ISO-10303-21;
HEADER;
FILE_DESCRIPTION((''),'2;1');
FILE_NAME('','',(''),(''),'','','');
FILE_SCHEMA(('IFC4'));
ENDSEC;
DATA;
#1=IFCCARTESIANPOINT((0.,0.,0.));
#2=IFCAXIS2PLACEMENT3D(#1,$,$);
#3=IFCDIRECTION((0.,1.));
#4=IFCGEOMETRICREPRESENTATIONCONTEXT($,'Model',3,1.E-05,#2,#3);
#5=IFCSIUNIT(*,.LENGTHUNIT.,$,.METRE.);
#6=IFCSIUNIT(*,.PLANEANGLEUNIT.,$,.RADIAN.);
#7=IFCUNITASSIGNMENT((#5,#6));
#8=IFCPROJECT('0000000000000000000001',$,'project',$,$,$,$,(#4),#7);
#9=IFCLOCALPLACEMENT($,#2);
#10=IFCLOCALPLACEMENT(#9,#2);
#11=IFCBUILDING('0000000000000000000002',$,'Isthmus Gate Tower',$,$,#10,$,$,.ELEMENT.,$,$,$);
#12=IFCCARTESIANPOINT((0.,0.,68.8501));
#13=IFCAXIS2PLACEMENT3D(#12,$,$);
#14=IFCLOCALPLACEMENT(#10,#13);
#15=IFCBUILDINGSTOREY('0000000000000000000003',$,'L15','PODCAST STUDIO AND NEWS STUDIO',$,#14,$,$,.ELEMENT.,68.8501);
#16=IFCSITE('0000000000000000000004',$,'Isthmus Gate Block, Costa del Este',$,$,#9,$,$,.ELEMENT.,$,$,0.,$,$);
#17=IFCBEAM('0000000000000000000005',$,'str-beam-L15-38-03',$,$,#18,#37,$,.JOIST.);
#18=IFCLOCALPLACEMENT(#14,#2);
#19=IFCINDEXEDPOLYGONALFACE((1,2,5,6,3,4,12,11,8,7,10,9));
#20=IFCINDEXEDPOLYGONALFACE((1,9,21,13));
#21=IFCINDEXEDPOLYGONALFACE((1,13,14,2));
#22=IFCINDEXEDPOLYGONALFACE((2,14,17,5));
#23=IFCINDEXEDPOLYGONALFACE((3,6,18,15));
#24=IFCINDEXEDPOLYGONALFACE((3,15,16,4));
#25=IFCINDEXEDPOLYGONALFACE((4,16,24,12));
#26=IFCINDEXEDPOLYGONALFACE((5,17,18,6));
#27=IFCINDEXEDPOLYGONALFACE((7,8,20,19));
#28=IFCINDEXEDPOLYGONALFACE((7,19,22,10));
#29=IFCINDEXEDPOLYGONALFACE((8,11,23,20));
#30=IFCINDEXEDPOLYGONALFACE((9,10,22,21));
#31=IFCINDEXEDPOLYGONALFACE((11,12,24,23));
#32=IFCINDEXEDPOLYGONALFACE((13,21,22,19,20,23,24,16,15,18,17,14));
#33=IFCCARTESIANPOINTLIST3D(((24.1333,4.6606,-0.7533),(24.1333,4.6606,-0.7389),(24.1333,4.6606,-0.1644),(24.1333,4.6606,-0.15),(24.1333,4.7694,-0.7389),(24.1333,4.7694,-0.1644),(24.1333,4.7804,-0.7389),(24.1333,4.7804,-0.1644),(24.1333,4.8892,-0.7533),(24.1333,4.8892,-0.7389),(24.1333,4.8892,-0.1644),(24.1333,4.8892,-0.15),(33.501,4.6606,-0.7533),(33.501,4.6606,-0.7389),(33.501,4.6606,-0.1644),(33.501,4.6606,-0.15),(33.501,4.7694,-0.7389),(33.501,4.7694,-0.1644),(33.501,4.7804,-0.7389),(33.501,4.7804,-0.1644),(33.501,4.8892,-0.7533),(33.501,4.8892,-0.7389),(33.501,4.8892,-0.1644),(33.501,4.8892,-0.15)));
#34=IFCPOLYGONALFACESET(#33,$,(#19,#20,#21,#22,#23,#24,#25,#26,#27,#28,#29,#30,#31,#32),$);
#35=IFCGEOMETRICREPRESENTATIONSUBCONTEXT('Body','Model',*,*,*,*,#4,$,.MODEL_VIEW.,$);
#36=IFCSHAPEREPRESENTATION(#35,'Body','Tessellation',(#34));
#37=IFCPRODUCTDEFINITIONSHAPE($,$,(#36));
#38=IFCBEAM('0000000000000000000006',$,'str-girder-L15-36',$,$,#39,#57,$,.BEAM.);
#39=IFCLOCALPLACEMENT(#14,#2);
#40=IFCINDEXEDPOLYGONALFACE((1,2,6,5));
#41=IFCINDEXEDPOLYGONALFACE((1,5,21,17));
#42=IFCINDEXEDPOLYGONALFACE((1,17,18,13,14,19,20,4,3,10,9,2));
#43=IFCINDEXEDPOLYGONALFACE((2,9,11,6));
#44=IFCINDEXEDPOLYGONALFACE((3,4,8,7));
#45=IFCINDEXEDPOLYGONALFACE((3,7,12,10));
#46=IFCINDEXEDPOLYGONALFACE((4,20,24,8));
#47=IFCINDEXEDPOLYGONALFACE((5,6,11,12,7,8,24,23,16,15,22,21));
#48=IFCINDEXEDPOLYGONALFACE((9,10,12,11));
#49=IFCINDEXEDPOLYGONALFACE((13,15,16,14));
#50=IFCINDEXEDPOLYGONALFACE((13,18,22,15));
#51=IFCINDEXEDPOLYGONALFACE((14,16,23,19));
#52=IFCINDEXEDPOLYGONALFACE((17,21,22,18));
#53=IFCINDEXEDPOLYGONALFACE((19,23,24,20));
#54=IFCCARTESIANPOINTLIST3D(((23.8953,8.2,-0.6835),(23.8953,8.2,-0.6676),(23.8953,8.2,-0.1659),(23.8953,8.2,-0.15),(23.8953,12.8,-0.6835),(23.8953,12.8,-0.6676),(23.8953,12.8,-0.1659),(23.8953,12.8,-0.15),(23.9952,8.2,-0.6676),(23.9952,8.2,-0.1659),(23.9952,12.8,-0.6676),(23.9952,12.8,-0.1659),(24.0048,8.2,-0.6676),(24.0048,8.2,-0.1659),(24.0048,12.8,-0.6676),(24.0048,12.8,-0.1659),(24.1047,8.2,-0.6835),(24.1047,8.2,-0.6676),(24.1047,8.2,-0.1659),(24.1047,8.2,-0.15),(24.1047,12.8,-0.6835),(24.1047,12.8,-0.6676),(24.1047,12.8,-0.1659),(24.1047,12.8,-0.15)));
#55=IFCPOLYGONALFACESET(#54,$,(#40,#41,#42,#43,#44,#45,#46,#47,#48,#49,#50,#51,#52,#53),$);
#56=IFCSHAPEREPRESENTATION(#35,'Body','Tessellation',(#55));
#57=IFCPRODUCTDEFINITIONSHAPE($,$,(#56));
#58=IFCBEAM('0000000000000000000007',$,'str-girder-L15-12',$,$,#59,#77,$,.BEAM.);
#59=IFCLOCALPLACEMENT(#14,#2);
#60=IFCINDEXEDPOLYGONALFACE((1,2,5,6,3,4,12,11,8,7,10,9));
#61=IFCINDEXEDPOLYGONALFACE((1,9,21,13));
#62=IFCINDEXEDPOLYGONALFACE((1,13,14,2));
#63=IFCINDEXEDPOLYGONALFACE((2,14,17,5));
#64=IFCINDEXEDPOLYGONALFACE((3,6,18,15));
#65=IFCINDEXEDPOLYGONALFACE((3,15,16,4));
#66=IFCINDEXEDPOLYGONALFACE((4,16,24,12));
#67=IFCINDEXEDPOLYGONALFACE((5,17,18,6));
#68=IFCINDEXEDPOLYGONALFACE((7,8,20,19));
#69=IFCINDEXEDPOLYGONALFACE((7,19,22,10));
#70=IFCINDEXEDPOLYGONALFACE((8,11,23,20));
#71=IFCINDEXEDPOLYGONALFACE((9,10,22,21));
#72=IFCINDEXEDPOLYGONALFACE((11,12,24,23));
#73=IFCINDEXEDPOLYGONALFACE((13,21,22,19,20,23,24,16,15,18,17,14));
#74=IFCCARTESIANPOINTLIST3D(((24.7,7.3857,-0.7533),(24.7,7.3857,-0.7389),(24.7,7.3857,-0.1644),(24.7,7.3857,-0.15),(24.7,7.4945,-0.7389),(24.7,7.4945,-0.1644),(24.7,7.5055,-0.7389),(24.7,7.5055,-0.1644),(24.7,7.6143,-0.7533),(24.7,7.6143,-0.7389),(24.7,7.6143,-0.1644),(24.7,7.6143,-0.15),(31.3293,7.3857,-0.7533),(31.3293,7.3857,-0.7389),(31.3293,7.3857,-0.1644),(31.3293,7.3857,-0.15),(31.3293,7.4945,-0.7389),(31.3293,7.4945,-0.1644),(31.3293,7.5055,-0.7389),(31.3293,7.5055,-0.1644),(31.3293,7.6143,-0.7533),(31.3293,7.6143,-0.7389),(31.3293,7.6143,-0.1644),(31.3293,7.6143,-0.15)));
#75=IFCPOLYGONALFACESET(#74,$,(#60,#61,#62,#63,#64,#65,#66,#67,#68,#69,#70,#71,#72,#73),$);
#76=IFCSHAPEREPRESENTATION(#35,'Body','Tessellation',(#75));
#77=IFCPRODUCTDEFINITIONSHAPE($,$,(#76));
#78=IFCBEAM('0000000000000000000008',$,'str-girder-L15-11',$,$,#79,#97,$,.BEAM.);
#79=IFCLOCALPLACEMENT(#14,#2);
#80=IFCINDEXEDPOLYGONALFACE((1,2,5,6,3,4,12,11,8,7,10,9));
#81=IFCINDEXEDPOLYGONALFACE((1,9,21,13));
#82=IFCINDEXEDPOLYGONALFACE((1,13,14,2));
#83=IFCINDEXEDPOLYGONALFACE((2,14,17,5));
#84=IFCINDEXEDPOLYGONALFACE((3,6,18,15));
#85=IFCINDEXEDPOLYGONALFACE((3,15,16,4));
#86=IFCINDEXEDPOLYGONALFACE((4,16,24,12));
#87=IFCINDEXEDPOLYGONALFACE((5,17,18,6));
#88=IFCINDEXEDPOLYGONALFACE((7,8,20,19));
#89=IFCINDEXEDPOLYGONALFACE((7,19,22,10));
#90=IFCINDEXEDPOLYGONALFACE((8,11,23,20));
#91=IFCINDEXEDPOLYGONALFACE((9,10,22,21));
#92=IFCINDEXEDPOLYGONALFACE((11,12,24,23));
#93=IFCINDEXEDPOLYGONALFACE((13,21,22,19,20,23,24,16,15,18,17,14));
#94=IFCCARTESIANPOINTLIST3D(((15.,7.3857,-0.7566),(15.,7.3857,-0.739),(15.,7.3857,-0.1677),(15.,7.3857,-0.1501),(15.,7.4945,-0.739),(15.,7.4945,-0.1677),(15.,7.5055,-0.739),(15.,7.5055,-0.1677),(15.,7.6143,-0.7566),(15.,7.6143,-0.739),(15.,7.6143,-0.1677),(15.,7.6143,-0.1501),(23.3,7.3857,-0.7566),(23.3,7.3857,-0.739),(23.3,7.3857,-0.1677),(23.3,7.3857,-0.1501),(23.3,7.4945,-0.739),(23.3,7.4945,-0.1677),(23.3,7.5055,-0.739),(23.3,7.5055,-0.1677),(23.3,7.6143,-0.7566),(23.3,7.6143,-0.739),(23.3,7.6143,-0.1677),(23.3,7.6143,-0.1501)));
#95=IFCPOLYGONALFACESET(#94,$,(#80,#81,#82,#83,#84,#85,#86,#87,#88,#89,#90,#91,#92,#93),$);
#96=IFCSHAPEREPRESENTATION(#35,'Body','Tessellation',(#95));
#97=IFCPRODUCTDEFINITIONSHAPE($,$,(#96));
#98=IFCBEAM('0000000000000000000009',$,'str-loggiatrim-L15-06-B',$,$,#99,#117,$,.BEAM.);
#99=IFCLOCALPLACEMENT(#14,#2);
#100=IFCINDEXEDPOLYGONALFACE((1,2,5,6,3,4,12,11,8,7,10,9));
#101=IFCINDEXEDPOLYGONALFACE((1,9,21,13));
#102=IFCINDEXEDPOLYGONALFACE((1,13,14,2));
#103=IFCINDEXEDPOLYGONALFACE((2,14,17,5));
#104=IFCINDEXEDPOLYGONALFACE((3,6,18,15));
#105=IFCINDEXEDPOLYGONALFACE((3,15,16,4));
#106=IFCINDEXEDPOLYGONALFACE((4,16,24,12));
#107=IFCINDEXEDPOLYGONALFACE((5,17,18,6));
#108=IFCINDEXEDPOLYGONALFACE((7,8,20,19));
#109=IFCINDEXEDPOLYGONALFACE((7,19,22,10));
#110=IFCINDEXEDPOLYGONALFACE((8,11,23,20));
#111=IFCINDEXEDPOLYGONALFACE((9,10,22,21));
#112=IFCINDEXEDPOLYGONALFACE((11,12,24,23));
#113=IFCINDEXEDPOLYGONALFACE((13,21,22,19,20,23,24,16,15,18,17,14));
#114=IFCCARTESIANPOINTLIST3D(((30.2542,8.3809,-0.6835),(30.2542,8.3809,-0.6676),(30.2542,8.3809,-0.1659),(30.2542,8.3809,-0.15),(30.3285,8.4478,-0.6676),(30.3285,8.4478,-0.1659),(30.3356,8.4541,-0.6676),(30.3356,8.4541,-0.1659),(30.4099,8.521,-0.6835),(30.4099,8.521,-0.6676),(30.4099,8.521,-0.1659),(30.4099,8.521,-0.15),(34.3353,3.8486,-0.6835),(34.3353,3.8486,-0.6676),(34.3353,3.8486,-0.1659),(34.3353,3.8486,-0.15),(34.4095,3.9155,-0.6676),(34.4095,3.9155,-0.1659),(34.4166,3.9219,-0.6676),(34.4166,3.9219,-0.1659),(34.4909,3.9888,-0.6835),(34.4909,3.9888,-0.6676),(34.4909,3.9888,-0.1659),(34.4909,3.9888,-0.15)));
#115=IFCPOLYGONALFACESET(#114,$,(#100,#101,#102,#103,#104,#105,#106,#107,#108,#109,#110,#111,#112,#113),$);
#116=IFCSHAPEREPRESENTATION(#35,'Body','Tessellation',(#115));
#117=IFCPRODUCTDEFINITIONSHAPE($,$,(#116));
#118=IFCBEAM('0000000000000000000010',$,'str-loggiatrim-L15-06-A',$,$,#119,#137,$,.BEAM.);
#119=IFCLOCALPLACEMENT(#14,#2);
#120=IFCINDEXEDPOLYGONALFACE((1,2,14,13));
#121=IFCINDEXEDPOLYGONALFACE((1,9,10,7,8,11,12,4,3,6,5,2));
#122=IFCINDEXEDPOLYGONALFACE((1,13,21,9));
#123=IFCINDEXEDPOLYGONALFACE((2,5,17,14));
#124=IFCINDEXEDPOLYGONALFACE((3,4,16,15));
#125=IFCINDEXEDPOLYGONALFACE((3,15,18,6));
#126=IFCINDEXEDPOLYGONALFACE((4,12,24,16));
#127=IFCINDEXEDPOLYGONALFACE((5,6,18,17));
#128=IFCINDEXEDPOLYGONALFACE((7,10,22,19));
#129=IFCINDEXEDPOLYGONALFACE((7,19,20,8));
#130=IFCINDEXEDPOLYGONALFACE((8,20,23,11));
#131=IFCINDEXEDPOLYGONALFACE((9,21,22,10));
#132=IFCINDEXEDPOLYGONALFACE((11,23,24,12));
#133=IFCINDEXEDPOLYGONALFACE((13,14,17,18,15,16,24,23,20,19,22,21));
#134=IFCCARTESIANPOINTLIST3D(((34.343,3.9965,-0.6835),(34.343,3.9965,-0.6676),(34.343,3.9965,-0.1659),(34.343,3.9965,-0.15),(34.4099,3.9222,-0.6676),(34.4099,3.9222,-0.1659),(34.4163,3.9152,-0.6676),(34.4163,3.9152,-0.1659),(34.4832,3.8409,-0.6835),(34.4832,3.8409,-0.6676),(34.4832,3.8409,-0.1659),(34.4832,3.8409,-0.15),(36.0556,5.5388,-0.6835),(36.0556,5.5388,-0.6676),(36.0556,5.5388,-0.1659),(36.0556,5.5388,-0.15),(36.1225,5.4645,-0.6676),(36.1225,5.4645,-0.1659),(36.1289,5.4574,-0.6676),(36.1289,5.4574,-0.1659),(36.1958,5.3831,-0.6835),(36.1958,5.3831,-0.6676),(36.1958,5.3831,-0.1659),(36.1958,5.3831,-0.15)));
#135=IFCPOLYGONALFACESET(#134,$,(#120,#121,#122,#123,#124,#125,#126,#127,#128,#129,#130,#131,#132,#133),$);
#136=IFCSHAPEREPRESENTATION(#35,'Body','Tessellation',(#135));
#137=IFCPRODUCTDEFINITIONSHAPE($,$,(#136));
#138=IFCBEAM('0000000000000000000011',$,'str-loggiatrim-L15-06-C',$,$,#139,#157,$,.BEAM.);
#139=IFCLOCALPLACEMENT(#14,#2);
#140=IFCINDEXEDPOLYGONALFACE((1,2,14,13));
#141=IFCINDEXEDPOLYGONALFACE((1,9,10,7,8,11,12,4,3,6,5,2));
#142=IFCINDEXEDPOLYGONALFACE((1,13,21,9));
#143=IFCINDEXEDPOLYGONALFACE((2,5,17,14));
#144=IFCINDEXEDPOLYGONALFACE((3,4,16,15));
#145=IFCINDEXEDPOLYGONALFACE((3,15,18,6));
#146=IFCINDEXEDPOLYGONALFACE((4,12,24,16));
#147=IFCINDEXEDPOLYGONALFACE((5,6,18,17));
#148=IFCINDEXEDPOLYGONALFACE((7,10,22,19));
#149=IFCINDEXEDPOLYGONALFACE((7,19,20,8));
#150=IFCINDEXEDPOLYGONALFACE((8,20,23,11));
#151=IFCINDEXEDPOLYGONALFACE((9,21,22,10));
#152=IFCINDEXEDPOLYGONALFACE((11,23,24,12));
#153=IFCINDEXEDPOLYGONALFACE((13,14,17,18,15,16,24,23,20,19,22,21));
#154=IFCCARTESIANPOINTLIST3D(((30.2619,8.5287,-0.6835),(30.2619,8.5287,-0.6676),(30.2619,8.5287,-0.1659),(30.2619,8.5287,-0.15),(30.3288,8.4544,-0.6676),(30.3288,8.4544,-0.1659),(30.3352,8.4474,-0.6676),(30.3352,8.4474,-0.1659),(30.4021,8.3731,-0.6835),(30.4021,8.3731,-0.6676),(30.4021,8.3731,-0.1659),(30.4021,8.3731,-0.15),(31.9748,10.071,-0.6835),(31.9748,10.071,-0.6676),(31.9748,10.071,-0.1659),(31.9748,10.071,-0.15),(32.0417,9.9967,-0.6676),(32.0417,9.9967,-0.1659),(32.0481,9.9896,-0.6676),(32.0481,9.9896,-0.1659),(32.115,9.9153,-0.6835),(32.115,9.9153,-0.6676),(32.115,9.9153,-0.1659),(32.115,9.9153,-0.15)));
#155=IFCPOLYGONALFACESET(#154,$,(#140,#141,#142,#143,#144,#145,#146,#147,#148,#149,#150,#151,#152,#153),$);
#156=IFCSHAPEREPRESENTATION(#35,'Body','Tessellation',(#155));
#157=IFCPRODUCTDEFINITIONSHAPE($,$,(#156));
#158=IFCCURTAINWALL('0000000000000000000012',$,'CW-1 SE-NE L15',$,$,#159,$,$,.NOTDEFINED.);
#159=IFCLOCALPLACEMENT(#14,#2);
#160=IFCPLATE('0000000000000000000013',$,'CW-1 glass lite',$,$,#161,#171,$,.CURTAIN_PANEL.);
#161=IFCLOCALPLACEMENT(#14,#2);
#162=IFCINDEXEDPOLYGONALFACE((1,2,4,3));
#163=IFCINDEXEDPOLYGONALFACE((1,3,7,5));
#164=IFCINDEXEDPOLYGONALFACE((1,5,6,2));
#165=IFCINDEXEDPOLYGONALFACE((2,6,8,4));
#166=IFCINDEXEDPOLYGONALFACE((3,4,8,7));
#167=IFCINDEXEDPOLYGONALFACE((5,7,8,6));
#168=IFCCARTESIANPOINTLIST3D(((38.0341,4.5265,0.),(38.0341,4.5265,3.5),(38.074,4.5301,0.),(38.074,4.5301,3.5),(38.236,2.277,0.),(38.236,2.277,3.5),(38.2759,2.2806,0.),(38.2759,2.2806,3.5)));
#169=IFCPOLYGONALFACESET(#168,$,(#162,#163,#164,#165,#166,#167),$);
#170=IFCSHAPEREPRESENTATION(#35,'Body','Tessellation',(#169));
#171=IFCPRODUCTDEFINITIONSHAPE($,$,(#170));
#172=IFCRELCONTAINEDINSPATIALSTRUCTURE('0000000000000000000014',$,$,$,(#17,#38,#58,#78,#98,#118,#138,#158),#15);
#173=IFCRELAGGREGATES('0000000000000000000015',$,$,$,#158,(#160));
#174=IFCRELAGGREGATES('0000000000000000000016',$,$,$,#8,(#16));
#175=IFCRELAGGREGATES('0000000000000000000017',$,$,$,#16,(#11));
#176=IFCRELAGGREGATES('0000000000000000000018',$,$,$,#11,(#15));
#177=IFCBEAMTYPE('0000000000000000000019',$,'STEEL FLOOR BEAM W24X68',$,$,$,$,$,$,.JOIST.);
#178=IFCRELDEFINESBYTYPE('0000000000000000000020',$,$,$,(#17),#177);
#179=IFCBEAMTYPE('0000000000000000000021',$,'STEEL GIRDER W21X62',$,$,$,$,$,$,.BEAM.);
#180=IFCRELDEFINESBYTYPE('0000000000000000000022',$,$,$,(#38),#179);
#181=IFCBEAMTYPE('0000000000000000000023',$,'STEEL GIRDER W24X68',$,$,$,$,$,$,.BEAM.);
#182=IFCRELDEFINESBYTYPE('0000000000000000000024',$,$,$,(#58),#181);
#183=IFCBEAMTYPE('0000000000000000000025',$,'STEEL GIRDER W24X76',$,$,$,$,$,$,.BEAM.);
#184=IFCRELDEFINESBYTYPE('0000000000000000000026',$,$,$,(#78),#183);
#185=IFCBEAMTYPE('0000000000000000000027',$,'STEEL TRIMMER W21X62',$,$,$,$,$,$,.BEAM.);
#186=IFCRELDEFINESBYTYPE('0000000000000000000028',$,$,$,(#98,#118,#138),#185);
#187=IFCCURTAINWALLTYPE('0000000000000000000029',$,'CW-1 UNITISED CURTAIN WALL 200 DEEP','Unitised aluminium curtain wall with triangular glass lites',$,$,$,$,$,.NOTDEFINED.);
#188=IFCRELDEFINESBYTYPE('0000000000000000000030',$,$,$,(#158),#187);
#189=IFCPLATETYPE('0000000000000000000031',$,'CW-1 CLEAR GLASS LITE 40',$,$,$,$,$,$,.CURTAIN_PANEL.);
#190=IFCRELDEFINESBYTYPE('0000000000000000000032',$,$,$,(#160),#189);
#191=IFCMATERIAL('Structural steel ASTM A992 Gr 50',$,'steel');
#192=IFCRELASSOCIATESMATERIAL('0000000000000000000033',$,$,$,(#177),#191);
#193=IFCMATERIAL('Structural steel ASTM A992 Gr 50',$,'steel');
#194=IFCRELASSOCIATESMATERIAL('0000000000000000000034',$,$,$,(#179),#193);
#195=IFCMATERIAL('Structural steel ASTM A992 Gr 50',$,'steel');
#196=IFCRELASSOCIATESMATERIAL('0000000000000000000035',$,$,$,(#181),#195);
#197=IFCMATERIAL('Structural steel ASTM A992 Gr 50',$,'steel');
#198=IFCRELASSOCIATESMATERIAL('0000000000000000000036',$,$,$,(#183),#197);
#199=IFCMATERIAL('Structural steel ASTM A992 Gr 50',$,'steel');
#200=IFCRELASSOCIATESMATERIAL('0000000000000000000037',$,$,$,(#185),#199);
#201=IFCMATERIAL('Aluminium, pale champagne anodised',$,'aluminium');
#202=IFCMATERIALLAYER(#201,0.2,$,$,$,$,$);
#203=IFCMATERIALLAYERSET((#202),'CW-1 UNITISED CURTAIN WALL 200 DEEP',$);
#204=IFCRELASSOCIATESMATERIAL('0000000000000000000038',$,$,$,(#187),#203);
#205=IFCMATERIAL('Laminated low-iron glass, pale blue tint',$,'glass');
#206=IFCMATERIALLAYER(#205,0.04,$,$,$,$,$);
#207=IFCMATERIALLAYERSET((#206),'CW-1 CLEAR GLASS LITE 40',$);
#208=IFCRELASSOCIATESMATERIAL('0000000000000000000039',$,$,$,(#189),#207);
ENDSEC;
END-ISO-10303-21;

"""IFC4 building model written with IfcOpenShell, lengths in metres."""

from ifc_helpers import new_model, si_unit, direction, frame, origin, origin_2d, place, context, subcontext, project, spatial, rectangle, i_section, extrude, material, layer, layer_set, material_profile, profile_set, type_object, element, aggregate, save


model = new_model("IFC4")

# Units and contexts
model_context = context("Model", 3, precision=1e-05, world=origin(), true_north=direction((0.0, 1.0)))
body_context = subcontext(model_context, "Body", "Model", "MODEL_VIEW")
ifc_project = project(units=[si_unit("LENGTHUNIT", "METRE"), si_unit("PLANEANGLEUNIT", "RADIAN")], contexts=[model_context])

# Site, building, storey
site_placement = place(None, origin())
site = spatial("IfcSite", under=ifc_project, at=site_placement, Name="Isthmus Gate Block, Costa del Este", CompositionType="ELEMENT", RefElevation=0.0)
building_placement = place(site_placement, origin())
building = spatial("IfcBuilding", under=site, at=building_placement, Name="Isthmus Gate Tower", CompositionType="ELEMENT")
storey_placement = place(building_placement, frame((0.0, 0.0, 68.8501)))
storey = spatial("IfcBuildingStorey", under=building, at=storey_placement, Name="L15", Description="PODCAST STUDIO AND NEWS STUDIO", CompositionType="ELEMENT", Elevation=68.8501)

# Beams
ifc_material_1 = material(Name="Structural steel ASTM A992 Gr 50", Category="steel")
ifc_material_profile_1 = material_profile(ifc_material_1, i_section(OverallWidth=0.2285, OverallDepth=0.6033, WebThickness=0.011, FlangeThickness=0.0144, at=origin_2d()), Name="W24X68")
ifc_profile_set_1 = profile_set([ifc_material_profile_1], Name="Structural steel ASTM A992 Gr 50")
beam_type_1 = type_object("IfcBeamType", Name="STEEL FLOOR BEAM W24X68", PredefinedType="JOIST", material=ifc_profile_set_1)
beam_1_placement = place(storey_placement, frame((24.1333, 4.7749, -0.4517), z_axis=(1.0, 0.0, 0.0), x_axis=(0.0, 1.0, 0.0)))
element("IfcBeam", 1, at=beam_1_placement, inside=storey, type_object=beam_type_1, Name="str-beam-L15-38-03", PredefinedType="JOIST", context=body_context, shape_type="SweptSolid", body=[
    extrude(i_section(OverallWidth=0.2285, OverallDepth=0.6033, WebThickness=0.011, FlangeThickness=0.0144, at=origin_2d()), origin(), (0.0, 0.0, 1.0), 9.3677),
])
ifc_material_2 = material(Name="Structural steel ASTM A992 Gr 50", Category="steel")
ifc_material_profile_2 = material_profile(ifc_material_2, i_section(OverallWidth=0.2095, OverallDepth=0.5334, WebThickness=0.0095, FlangeThickness=0.0159, at=origin_2d()), Name="W21X62")
ifc_profile_set_2 = profile_set([ifc_material_profile_2], Name="Structural steel ASTM A992 Gr 50")
beam_type_2 = type_object("IfcBeamType", Name="STEEL GIRDER W21X62", PredefinedType="BEAM", material=ifc_profile_set_2)
beam_2_placement = place(storey_placement, frame((24.0, 8.2, -0.4167), z_axis=(0.0, 1.0, 0.0), x_axis=(-1.0, 0.0, 0.0)))
element("IfcBeam", 2, at=beam_2_placement, inside=storey, type_object=beam_type_2, Name="str-girder-L15-36", PredefinedType="BEAM", context=body_context, shape_type="SweptSolid", body=[
    extrude(i_section(OverallWidth=0.2095, OverallDepth=0.5334, WebThickness=0.0095, FlangeThickness=0.0159, at=origin_2d()), origin(), (0.0, 0.0, 1.0), 4.6001),
])
ifc_material_3 = material(Name="Structural steel ASTM A992 Gr 50", Category="steel")
ifc_material_profile_3 = material_profile(ifc_material_3, i_section(OverallWidth=0.2285, OverallDepth=0.6033, WebThickness=0.011, FlangeThickness=0.0144, at=origin_2d()), Name="W24X68")
ifc_profile_set_3 = profile_set([ifc_material_profile_3], Name="Structural steel ASTM A992 Gr 50")
beam_type_3 = type_object("IfcBeamType", Name="STEEL GIRDER W24X68", PredefinedType="BEAM", material=ifc_profile_set_3)
beam_3_placement = place(storey_placement, frame((24.7, 7.5, -0.4517), z_axis=(1.0, 0.0, 0.0), x_axis=(0.0, 1.0, 0.0)))
element("IfcBeam", 3, at=beam_3_placement, inside=storey, type_object=beam_type_3, Name="str-girder-L15-12", PredefinedType="BEAM", context=body_context, shape_type="SweptSolid", body=[
    extrude(i_section(OverallWidth=0.2285, OverallDepth=0.6033, WebThickness=0.011, FlangeThickness=0.0144, at=origin_2d()), origin(), (0.0, 0.0, 1.0), 6.6294),
])
ifc_material_4 = material(Name="Structural steel ASTM A992 Gr 50", Category="steel")
ifc_material_profile_4 = material_profile(ifc_material_4, i_section(OverallWidth=0.2285, OverallDepth=0.6064, WebThickness=0.011, FlangeThickness=0.0176, at=origin_2d()), Name="W24X76")
ifc_profile_set_4 = profile_set([ifc_material_profile_4], Name="Structural steel ASTM A992 Gr 50")
beam_type_4 = type_object("IfcBeamType", Name="STEEL GIRDER W24X76", PredefinedType="BEAM", material=ifc_profile_set_4)
beam_4_placement = place(storey_placement, frame((15.0, 7.5, -0.4534), z_axis=(1.0, 0.0, 0.0), x_axis=(0.0, 1.0, 0.0)))
element("IfcBeam", 4, at=beam_4_placement, inside=storey, type_object=beam_type_4, Name="str-girder-L15-11", PredefinedType="BEAM", context=body_context, shape_type="SweptSolid", body=[
    extrude(i_section(OverallWidth=0.2285, OverallDepth=0.6064, WebThickness=0.011, FlangeThickness=0.0176, at=origin_2d()), origin(), (0.0, 0.0, 1.0), 8.3),
])
ifc_material_5 = material(Name="Structural steel ASTM A992 Gr 50", Category="steel")
ifc_material_profile_5 = material_profile(ifc_material_5, i_section(OverallWidth=0.2095, OverallDepth=0.5334, WebThickness=0.0095, FlangeThickness=0.0159, at=origin_2d()), Name="W21X62")
ifc_profile_set_5 = profile_set([ifc_material_profile_5], Name="Structural steel ASTM A992 Gr 50")
beam_type_5 = type_object("IfcBeamType", Name="STEEL TRIMMER W21X62", PredefinedType="BEAM", material=ifc_profile_set_5)
beam_5_placement = place(storey_placement, frame((34.4131, 3.9187, -0.4167), z_axis=(-0.66915, 0.743127, 0.0), x_axis=(-0.743127, -0.66915, 0.0)))
element("IfcBeam", 5, at=beam_5_placement, inside=storey, type_object=beam_type_5, Name="str-loggiatrim-L15-06-B", PredefinedType="BEAM", context=body_context, shape_type="SweptSolid", body=[
    extrude(i_section(OverallWidth=0.2095, OverallDepth=0.5334, WebThickness=0.0095, FlangeThickness=0.0159, at=origin_2d()), origin(), (0.0, 0.0, 1.0), 6.0989),
])
beam_6_placement = place(storey_placement, frame((36.1257, 5.4609, -0.4167), z_axis=(-0.74311, -0.66917, 0.0), x_axis=(0.66917, -0.74311, 0.0)))
element("IfcBeam", 6, at=beam_6_placement, inside=storey, type_object=beam_type_5, Name="str-loggiatrim-L15-06-A", PredefinedType="BEAM", context=body_context, shape_type="SweptSolid", body=[
    extrude(i_section(OverallWidth=0.2095, OverallDepth=0.5334, WebThickness=0.0095, FlangeThickness=0.0159, at=origin_2d()), origin(), (0.0, 0.0, 1.0), 2.3047),
])
beam_7_placement = place(storey_placement, frame((32.0449, 9.9932, -0.4167), z_axis=(-0.743157, -0.669117, 0.0), x_axis=(0.669117, -0.743157, 0.0)))
element("IfcBeam", 7, at=beam_7_placement, inside=storey, type_object=beam_type_5, Name="str-loggiatrim-L15-06-C", PredefinedType="BEAM", context=body_context, shape_type="SweptSolid", body=[
    extrude(i_section(OverallWidth=0.2095, OverallDepth=0.5334, WebThickness=0.0095, FlangeThickness=0.0159, at=origin_2d()), origin(), (0.0, 0.0, 1.0), 2.3049),
])

# Curtain wall, plate
ifc_material_6 = material(Name="Aluminium, pale champagne anodised", Category="aluminium")
ifc_layer_1 = layer(ifc_material_6, 0.2)
ifc_layer_set_1 = layer_set([ifc_layer_1], Name="CW-1 UNITISED CURTAIN WALL 200 DEEP")
curtain_wall_type_1 = type_object("IfcCurtainWallType", Name="CW-1 UNITISED CURTAIN WALL 200 DEEP", Description="Unitised aluminium curtain wall with triangular glass lites", PredefinedType="NOTDEFINED", material=ifc_layer_set_1)
curtain_wall_1_placement = place(storey_placement, origin())
curtain_wall_1 = element("IfcCurtainWall", 8, at=curtain_wall_1_placement, inside=storey, type_object=curtain_wall_type_1, Name="CW-1 SE-NE L15", PredefinedType="NOTDEFINED")
ifc_material_7 = material(Name="Laminated low-iron glass, pale blue tint", Category="glass")
ifc_layer_2 = layer(ifc_material_7, 0.04)
ifc_layer_set_2 = layer_set([ifc_layer_2], Name="CW-1 CLEAR GLASS LITE 40")
plate_type_1 = type_object("IfcPlateType", Name="CW-1 CLEAR GLASS LITE 40", PredefinedType="CURTAIN_PANEL", material=ifc_layer_set_2)
plate_1_placement = place(storey_placement, frame((38.155, 3.4036, 0.0), z_axis=(0.0, 0.0, 1.0), x_axis=(-0.089397, 0.995996, 0.0)))
plate_1 = element("IfcPlate", 9, at=plate_1_placement, type_object=plate_type_1, Name="CW-1 glass lite", PredefinedType="CURTAIN_PANEL", context=body_context, shape_type="SweptSolid", body=[
    extrude(rectangle(XDim=2.2585, YDim=0.04, at=origin_2d()), origin(), (0.0, 0.0, 1.0), 3.5),
])
aggregate(curtain_wall_1, [plate_1])

save(model, "model.ifc")
